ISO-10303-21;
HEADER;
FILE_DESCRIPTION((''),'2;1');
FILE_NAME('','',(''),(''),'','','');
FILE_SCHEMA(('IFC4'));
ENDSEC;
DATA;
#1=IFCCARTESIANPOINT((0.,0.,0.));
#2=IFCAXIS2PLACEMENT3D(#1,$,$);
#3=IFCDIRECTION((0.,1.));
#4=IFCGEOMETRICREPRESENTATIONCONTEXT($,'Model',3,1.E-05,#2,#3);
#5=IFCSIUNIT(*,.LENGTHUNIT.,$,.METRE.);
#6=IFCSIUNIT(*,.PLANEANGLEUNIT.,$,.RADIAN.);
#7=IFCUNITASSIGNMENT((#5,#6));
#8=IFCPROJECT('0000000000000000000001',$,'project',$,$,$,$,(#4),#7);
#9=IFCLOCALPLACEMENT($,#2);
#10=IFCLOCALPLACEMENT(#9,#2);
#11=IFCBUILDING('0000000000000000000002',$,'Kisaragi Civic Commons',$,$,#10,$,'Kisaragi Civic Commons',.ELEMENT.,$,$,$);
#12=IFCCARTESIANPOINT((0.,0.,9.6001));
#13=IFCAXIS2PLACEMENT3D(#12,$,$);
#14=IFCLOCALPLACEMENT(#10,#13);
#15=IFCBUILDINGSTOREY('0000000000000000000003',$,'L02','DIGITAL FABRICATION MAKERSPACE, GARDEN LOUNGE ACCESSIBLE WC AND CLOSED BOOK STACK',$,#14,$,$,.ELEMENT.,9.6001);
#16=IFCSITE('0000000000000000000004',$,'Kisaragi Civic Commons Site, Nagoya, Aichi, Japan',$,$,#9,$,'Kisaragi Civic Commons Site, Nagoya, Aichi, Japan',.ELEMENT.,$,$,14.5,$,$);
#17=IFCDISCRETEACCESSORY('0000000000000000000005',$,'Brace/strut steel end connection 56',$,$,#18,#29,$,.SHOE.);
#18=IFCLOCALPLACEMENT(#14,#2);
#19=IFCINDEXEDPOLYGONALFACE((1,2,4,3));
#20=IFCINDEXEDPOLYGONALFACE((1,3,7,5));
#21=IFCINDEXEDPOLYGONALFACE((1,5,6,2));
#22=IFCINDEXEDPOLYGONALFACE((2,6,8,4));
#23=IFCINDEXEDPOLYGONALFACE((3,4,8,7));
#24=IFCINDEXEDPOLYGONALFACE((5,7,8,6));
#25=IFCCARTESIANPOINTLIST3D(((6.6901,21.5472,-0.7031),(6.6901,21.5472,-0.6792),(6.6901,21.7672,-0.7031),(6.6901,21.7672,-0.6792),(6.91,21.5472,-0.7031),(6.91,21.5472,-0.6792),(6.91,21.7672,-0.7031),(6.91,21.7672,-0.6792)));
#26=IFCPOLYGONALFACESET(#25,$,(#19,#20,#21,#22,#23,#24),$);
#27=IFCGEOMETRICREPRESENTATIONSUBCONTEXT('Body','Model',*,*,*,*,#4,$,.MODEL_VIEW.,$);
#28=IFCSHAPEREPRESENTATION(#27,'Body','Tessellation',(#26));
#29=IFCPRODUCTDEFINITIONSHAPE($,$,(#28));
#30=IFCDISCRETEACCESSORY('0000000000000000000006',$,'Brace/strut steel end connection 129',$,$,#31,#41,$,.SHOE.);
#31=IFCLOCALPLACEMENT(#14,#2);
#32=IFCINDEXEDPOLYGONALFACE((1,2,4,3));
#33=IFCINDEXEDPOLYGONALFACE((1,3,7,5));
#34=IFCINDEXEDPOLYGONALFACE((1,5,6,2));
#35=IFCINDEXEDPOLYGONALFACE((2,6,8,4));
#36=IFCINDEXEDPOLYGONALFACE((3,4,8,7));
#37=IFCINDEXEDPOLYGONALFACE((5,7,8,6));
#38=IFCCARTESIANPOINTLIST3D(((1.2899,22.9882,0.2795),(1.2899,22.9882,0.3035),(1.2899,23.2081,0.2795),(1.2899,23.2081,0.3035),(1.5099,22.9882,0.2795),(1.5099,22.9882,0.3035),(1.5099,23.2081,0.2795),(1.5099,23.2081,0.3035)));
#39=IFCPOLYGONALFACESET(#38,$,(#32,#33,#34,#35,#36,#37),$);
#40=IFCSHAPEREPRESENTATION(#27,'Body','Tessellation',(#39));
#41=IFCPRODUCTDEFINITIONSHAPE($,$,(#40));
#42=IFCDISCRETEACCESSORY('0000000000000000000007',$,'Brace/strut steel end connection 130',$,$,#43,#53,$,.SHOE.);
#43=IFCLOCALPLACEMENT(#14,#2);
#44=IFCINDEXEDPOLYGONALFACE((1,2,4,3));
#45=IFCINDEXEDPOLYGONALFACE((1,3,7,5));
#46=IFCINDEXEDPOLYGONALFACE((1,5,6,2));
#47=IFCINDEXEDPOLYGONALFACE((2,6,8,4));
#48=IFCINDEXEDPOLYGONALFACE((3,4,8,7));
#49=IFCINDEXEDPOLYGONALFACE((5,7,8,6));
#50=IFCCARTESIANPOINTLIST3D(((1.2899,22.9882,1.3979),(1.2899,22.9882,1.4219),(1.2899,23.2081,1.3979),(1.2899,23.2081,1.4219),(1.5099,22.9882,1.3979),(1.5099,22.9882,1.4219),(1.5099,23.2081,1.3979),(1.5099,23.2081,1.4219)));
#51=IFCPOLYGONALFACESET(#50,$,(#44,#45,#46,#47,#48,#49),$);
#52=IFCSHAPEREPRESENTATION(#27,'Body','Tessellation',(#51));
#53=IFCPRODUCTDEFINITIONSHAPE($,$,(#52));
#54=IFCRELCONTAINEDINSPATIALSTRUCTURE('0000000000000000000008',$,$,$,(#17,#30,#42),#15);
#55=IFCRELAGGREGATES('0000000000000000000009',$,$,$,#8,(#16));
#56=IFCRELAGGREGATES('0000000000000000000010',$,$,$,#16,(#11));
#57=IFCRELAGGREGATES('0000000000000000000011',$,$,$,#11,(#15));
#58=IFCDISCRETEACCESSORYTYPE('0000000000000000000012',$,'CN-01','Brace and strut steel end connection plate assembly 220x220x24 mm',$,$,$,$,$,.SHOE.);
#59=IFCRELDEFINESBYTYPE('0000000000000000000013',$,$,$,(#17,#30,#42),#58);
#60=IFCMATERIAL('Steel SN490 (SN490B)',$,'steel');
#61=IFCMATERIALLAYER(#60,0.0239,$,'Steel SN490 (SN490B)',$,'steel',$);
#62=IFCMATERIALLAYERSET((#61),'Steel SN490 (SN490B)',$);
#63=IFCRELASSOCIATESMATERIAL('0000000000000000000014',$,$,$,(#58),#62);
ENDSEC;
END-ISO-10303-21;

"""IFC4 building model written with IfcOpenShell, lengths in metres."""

from ifc_helpers import new_model, si_unit, direction, frame, origin, origin_2d, place, context, subcontext, project, spatial, rectangle, extrude, material, layer, layer_set, type_object, element, save


model = new_model("IFC4")

# Units and contexts
model_context = context("Model", 3, precision=1e-05, world=origin(), true_north=direction((0.0, 1.0)))
body_context = subcontext(model_context, "Body", "Model", "MODEL_VIEW")
ifc_project = project(units=[si_unit("LENGTHUNIT", "METRE"), si_unit("PLANEANGLEUNIT", "RADIAN")], contexts=[model_context])

# Site, building, storey
site_placement = place(None, origin())
site = spatial("IfcSite", under=ifc_project, at=site_placement, Name="Kisaragi Civic Commons Site, Nagoya, Aichi, Japan", LongName="Kisaragi Civic Commons Site, Nagoya, Aichi, Japan", CompositionType="ELEMENT", RefElevation=14.5)
building_placement = place(site_placement, origin())
building = spatial("IfcBuilding", under=site, at=building_placement, Name="Kisaragi Civic Commons", LongName="Kisaragi Civic Commons", CompositionType="ELEMENT")
storey_placement = place(building_placement, frame((0.0, 0.0, 9.6001)))
storey = spatial("IfcBuildingStorey", under=building, at=storey_placement, Name="L02", Description="DIGITAL FABRICATION MAKERSPACE, GARDEN LOUNGE ACCESSIBLE WC AND CLOSED BOOK STACK", CompositionType="ELEMENT", Elevation=9.6001)

# Shared definitions
ifc_material_1 = material(Name="Steel SN490 (SN490B)", Category="steel")

# Discrete accessories
ifc_layer_1 = layer(ifc_material_1, 0.0239, Name="Steel SN490 (SN490B)", Category="steel")
ifc_layer_set_1 = layer_set([ifc_layer_1], Name="Steel SN490 (SN490B)")
discrete_accessory_type = type_object("IfcDiscreteAccessoryType", Name="CN-01", Description="Brace and strut steel end connection plate assembly 220x220x24 mm", PredefinedType="SHOE", material=ifc_layer_set_1)
for number, where, z_axis, x_axis, name in (
    (1, (6.8, 21.6572, -0.7031), (0.0, 0.0, 1.0), (1.0, 0.0, 0.0), "Brace/strut steel end connection 56"),
    (2, (1.3999, 23.0981, 0.2795), (0.0, 0.0, 1.0), (1.0, 0.0, 0.0), "Brace/strut steel end connection 129"),
    (3, (1.3999, 23.0981, 1.3979), (0.0, 0.0, 1.0), (1.0, 0.0, 0.0), "Brace/strut steel end connection 130"),
):
    element("IfcDiscreteAccessory", number, at=place(storey_placement, frame(where, z_axis=z_axis, x_axis=x_axis)), inside=storey, type_object=discrete_accessory_type, Name=name, PredefinedType="SHOE", context=body_context, shape_type="SweptSolid", body=[
        extrude(rectangle(XDim=0.22, YDim=0.22, at=origin_2d()), origin(), (0.0, 0.0, 1.0), 0.0239),
    ])

save(model, "model.ifc")
